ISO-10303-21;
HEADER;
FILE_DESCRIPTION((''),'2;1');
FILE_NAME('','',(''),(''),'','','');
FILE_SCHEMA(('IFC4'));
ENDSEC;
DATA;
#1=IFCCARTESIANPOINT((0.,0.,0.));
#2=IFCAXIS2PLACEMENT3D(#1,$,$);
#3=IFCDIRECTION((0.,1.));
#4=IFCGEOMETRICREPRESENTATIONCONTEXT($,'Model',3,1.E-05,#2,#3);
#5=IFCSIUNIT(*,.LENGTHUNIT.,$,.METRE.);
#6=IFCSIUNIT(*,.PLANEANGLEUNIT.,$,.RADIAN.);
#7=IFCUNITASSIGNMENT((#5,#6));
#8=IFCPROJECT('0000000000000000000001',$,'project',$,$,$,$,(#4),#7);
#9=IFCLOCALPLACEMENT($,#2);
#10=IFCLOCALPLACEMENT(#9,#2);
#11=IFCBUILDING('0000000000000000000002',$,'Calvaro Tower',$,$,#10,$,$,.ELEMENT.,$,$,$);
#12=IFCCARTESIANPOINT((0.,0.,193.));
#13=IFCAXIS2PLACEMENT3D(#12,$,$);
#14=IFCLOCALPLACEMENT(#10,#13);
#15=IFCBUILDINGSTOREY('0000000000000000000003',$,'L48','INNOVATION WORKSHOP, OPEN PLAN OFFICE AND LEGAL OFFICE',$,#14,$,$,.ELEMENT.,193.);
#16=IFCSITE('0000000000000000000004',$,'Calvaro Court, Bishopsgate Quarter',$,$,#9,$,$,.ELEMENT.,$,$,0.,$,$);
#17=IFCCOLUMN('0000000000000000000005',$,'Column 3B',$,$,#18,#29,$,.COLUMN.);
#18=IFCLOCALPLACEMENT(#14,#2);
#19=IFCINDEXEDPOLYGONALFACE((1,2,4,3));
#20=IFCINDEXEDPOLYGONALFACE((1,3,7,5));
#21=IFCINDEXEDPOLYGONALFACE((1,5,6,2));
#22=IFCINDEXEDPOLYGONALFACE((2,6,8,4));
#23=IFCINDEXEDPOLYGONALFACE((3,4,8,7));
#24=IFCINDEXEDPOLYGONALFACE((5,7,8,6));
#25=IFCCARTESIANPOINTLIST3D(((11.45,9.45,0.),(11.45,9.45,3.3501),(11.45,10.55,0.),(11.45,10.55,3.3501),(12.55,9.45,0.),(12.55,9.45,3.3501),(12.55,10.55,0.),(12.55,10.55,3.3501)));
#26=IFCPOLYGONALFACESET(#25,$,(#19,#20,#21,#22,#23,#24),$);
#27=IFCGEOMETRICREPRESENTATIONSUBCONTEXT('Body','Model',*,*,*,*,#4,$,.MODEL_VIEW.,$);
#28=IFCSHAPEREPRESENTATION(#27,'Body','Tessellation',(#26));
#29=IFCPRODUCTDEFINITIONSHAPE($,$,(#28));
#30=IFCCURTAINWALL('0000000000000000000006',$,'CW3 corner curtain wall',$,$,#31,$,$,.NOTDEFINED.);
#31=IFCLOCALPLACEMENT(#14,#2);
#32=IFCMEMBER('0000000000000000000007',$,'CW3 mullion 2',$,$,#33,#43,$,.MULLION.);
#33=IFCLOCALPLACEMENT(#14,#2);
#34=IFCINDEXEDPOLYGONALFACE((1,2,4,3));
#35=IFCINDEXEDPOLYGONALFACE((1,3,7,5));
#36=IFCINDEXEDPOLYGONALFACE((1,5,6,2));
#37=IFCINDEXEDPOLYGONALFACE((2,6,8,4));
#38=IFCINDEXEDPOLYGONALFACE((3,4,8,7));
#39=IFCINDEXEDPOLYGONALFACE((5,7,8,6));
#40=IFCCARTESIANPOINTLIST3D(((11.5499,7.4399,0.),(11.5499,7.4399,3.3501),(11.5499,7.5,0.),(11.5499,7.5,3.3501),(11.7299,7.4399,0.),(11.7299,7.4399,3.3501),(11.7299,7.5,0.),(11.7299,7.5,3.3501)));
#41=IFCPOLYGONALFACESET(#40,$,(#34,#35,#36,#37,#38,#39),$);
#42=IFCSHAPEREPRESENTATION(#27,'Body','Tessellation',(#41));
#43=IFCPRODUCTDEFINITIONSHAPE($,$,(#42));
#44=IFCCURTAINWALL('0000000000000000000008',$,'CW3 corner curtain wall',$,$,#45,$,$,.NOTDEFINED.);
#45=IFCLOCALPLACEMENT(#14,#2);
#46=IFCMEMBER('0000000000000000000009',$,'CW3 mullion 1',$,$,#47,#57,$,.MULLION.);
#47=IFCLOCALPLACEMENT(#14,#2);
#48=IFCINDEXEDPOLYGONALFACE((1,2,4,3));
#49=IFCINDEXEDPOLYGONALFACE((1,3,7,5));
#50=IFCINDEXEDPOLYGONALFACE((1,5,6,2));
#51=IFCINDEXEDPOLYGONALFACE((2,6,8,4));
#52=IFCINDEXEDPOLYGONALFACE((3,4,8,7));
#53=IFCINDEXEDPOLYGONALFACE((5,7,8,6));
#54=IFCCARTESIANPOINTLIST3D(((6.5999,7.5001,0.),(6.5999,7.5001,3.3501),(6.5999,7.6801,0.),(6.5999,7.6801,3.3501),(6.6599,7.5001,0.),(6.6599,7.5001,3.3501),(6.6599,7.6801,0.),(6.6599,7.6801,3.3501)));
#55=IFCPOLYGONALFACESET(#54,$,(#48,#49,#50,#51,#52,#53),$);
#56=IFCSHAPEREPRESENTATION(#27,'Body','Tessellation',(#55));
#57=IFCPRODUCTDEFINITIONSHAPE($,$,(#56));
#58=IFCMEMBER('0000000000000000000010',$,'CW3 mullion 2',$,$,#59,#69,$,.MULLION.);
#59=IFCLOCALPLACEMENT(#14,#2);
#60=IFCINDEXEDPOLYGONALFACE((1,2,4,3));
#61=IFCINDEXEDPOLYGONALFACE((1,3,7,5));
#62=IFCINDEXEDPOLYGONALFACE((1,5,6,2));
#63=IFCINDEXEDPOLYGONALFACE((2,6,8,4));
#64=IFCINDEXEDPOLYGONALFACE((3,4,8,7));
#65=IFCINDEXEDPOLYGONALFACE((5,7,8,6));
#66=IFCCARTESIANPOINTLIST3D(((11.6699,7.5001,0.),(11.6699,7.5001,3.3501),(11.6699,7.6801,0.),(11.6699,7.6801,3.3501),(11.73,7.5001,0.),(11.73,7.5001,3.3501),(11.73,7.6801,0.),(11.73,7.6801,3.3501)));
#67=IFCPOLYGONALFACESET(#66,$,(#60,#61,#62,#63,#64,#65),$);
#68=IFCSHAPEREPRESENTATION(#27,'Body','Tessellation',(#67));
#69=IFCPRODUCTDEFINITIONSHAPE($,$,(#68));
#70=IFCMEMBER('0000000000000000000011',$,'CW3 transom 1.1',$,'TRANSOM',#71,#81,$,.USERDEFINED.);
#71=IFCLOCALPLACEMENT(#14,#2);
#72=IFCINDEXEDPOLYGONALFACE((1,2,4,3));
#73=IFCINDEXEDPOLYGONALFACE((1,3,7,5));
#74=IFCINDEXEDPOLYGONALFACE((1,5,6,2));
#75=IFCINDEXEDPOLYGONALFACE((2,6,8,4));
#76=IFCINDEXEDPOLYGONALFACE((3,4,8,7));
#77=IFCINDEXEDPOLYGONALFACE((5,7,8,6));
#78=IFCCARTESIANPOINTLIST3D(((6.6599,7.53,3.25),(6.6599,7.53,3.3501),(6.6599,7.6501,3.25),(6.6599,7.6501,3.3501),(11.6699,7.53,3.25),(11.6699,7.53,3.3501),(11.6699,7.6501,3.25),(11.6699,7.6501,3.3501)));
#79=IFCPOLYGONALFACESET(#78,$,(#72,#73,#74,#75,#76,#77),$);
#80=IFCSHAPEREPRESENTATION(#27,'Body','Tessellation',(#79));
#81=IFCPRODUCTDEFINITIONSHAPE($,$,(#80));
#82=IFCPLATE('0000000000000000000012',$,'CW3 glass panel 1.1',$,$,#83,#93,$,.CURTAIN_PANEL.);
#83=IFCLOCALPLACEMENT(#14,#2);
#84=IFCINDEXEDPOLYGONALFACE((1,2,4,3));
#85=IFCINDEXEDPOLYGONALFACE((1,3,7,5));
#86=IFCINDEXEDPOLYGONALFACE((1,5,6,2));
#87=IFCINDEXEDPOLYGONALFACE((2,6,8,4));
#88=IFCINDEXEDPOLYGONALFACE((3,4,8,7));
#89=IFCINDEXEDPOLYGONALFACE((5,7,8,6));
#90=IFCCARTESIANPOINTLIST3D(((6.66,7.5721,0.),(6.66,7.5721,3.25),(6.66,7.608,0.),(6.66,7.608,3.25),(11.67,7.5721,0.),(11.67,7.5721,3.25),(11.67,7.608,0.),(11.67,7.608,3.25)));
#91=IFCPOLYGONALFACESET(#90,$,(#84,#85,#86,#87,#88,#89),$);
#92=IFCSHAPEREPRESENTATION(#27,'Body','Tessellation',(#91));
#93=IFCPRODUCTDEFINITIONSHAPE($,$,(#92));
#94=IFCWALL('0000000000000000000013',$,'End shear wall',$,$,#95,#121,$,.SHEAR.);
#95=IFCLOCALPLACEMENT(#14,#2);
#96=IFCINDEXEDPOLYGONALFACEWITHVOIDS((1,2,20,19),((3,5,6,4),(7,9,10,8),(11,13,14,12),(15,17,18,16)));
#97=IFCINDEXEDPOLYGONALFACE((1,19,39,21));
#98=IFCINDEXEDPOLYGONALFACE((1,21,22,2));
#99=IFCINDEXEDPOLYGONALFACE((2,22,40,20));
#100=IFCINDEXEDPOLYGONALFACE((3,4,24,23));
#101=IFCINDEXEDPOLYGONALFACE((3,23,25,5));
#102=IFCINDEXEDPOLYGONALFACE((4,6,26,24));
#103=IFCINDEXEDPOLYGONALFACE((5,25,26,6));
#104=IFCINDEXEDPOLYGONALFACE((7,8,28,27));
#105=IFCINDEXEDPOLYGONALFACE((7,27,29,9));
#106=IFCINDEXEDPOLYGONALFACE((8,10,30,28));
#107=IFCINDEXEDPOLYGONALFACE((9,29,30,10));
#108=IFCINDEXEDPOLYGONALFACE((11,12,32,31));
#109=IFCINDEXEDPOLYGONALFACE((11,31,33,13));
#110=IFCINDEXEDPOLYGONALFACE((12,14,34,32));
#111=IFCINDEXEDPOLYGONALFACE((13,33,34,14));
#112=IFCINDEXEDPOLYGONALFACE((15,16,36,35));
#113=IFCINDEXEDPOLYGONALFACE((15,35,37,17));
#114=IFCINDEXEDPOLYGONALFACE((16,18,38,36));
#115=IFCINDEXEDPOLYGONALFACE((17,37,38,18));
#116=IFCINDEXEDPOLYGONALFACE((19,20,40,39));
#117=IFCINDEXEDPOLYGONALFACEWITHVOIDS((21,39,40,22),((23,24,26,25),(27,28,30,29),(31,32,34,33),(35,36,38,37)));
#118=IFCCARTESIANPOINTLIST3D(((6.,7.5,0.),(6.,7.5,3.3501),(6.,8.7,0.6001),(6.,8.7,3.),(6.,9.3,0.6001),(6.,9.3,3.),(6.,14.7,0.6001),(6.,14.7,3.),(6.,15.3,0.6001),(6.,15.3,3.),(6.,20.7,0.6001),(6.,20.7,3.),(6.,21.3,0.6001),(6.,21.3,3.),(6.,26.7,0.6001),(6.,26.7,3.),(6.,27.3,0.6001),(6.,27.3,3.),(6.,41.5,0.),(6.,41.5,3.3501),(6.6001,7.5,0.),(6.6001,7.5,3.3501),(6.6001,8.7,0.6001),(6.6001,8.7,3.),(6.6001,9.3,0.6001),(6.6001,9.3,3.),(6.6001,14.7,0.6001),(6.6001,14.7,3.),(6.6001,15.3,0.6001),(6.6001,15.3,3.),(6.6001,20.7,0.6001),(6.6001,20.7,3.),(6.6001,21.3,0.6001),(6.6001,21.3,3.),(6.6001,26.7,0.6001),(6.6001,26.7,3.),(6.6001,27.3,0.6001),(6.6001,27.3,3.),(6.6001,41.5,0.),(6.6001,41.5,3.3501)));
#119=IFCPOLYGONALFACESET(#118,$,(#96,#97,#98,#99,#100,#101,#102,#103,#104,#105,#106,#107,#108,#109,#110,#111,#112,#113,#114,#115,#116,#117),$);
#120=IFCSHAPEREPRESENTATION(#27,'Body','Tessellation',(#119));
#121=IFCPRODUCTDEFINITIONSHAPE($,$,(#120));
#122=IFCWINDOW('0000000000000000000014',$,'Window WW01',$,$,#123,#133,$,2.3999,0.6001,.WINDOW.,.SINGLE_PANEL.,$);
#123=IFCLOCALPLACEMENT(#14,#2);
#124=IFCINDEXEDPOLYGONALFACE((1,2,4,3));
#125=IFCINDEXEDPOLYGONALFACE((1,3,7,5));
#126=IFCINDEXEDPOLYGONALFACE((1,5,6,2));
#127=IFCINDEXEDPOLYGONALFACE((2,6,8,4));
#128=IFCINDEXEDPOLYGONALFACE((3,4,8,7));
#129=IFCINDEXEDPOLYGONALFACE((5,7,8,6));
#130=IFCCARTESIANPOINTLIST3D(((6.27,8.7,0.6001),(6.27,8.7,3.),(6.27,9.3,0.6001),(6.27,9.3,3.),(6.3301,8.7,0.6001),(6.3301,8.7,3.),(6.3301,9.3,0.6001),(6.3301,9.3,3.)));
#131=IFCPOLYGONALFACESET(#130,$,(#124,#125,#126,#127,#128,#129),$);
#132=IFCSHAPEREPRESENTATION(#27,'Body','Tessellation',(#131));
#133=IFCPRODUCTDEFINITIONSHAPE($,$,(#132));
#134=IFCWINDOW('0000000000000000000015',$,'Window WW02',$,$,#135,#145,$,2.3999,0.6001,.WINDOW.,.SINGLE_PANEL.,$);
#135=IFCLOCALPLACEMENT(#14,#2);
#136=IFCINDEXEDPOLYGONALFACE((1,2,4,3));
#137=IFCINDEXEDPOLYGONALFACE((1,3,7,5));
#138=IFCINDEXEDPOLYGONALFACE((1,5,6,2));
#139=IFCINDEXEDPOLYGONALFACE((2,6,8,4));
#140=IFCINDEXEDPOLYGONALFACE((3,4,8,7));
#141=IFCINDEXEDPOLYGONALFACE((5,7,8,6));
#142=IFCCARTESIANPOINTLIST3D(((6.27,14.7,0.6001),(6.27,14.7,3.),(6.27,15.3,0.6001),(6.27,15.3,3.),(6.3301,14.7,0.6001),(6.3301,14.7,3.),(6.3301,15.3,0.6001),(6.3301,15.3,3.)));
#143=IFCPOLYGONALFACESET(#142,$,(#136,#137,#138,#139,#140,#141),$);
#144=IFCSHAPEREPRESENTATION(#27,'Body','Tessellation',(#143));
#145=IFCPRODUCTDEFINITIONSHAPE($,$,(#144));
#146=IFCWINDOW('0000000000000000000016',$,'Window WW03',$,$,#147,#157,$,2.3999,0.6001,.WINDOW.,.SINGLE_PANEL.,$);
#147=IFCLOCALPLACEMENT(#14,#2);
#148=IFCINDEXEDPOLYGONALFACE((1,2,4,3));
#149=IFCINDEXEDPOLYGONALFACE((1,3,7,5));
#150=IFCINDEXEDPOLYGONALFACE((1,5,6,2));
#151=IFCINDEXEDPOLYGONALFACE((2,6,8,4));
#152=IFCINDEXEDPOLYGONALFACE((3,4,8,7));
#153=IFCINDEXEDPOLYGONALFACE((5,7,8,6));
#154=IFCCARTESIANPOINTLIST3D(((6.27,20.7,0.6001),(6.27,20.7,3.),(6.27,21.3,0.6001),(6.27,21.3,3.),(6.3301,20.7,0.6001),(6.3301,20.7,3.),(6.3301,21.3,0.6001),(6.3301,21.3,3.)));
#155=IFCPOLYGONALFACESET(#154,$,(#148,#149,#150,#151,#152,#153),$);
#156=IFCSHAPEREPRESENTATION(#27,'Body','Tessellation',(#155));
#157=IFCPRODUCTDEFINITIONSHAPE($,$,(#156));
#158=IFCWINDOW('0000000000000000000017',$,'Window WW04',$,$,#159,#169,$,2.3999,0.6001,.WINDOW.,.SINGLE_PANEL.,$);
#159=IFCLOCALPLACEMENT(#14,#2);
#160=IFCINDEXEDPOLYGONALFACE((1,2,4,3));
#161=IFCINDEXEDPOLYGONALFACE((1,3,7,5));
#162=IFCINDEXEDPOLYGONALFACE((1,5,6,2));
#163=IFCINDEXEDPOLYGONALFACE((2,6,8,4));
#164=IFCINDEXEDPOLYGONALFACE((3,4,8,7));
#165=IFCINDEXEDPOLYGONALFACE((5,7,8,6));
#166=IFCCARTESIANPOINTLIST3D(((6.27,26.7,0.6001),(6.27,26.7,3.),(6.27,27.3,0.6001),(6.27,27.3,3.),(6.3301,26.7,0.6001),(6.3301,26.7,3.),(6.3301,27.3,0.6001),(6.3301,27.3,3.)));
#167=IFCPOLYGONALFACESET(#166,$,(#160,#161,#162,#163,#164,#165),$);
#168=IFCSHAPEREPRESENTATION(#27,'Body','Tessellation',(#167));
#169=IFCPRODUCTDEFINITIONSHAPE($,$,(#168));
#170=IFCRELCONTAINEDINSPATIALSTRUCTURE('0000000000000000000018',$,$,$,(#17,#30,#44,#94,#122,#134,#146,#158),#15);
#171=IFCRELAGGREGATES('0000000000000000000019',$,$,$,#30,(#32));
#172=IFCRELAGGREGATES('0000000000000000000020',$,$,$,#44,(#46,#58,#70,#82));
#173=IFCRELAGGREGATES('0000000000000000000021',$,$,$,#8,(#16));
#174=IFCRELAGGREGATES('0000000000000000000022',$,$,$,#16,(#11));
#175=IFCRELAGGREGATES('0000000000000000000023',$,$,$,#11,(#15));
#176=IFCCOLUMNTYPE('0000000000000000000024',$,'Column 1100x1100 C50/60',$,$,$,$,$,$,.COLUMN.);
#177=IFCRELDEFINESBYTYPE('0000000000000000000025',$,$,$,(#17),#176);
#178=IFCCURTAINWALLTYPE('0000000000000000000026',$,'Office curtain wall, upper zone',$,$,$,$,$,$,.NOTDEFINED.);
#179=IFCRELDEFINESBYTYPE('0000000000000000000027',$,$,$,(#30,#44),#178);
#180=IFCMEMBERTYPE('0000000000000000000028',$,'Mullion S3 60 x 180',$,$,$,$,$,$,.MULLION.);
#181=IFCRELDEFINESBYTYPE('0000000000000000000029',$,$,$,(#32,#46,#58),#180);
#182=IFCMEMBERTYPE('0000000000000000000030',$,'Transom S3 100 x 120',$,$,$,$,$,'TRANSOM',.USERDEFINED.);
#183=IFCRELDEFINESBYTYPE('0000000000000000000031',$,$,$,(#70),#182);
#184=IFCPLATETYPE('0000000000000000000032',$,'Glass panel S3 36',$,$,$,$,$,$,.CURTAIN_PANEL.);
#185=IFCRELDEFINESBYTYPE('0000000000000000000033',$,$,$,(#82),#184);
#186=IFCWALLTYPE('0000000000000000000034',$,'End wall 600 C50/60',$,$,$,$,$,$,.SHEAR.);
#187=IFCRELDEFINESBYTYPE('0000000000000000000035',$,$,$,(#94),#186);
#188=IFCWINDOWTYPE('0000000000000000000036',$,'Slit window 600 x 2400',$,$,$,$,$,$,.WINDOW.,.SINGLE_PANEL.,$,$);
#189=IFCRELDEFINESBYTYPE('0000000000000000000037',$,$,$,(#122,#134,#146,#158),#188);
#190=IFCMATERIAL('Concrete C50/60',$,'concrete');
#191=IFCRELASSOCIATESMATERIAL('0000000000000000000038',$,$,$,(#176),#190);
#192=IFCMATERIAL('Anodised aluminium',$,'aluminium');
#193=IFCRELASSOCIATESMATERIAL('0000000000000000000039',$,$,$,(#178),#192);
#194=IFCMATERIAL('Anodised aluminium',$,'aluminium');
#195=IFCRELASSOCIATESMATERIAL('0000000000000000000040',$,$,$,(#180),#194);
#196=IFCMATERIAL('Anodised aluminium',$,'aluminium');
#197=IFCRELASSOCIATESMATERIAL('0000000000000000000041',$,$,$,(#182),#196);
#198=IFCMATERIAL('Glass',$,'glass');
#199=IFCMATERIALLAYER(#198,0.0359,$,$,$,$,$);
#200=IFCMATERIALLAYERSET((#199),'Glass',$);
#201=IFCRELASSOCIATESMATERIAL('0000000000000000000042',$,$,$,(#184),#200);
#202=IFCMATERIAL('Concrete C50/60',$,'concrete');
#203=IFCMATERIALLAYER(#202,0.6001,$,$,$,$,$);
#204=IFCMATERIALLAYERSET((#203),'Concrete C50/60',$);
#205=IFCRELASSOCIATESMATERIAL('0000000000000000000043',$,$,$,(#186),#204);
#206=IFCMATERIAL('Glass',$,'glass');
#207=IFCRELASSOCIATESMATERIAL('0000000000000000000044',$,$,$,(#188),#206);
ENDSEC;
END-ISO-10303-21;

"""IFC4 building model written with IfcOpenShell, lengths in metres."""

from ifc_helpers import new_model, si_unit, direction, frame, frame_2d, origin, origin_2d, place, context, subcontext, project, spatial, rectangle, extrude, material, layer, layer_set, material_profile, profile_set, type_object, element, fill, aggregate, save


model = new_model("IFC4")

# Units and contexts
model_context = context("Model", 3, precision=1e-05, world=origin(), true_north=direction((0.0, 1.0)))
body_context = subcontext(model_context, "Body", "Model", "MODEL_VIEW")
ifc_project = project(units=[si_unit("LENGTHUNIT", "METRE"), si_unit("PLANEANGLEUNIT", "RADIAN")], contexts=[model_context])

# Site, building, storey
site_placement = place(None, origin())
site = spatial("IfcSite", under=ifc_project, at=site_placement, Name="Calvaro Court, Bishopsgate Quarter", CompositionType="ELEMENT", RefElevation=0.0)
building_placement = place(site_placement, origin())
building = spatial("IfcBuilding", under=site, at=building_placement, Name="Calvaro Tower", CompositionType="ELEMENT")
storey_placement = place(building_placement, frame((0.0, 0.0, 193.0)))
storey = spatial("IfcBuildingStorey", under=building, at=storey_placement, Name="L48", Description="INNOVATION WORKSHOP, OPEN PLAN OFFICE AND LEGAL OFFICE", CompositionType="ELEMENT", Elevation=193.0)

# Column
ifc_material_1 = material(Name="Concrete C50/60", Category="concrete")
ifc_material_profile_1 = material_profile(ifc_material_1, rectangle(XDim=1.1001, YDim=1.1001, at=origin_2d()), Name="RC 1100x1100")
ifc_profile_set_1 = profile_set([ifc_material_profile_1], Name="Concrete C50/60")
column_type = type_object("IfcColumnType", Name="Column 1100x1100 C50/60", PredefinedType="COLUMN", material=ifc_profile_set_1)
column_placement = place(storey_placement, frame((12.0, 10.0, 0.0), z_axis=(0.0, 0.0, 1.0), x_axis=(1.0, 0.0, 0.0)))
element("IfcColumn", 1, at=column_placement, inside=storey, type_object=column_type, Name="Column 3B", PredefinedType="COLUMN", context=body_context, shape_type="SweptSolid", body=[
    extrude(rectangle(XDim=1.1001, YDim=1.1001, at=origin_2d()), origin(), (0.0, 0.0, 1.0), 3.3501),
])

# Curtain wall, member
ifc_material_2 = material(Name="Anodised aluminium", Category="aluminium")
curtain_wall_type = type_object("IfcCurtainWallType", Name="Office curtain wall, upper zone", PredefinedType="NOTDEFINED", material=ifc_material_2)
curtain_wall_1_placement = place(storey_placement, origin())
curtain_wall_1 = element("IfcCurtainWall", 2, at=curtain_wall_1_placement, inside=storey, type_object=curtain_wall_type, Name="CW3 corner curtain wall", PredefinedType="NOTDEFINED")
ifc_material_3 = material(Name="Anodised aluminium", Category="aluminium")
ifc_material_profile_2 = material_profile(ifc_material_3, rectangle(XDim=0.1799, YDim=0.0601, at=origin_2d()), Name="Mullion S3 60 x 180")
ifc_profile_set_2 = profile_set([ifc_material_profile_2], Name="Anodised aluminium")
member_type_1 = type_object("IfcMemberType", Name="Mullion S3 60 x 180", PredefinedType="MULLION", material=ifc_profile_set_2)
member_1_placement = place(storey_placement, frame((11.6399, 7.47, 0.0), z_axis=(0.0, 0.0, 1.0), x_axis=(-1.0, 0.0, 0.0)))
member_1 = element("IfcMember", 3, at=member_1_placement, type_object=member_type_1, Name="CW3 mullion 2", PredefinedType="MULLION", context=body_context, shape_type="SweptSolid", body=[
    extrude(rectangle(XDim=0.1799, YDim=0.0601, at=origin_2d()), origin(), (0.0, 0.0, 1.0), 3.3501),
])
aggregate(curtain_wall_1, [member_1])

# Curtain wall, members, plate
curtain_wall_2_placement = place(storey_placement, origin())
curtain_wall_2 = element("IfcCurtainWall", 4, at=curtain_wall_2_placement, inside=storey, type_object=curtain_wall_type, Name="CW3 corner curtain wall", PredefinedType="NOTDEFINED")
member_2_placement = place(storey_placement, frame((6.6299, 7.5901, 0.0), z_axis=(0.0, 0.0, 1.0), x_axis=(0.0, 1.0, 0.0)))
member_2 = element("IfcMember", 5, at=member_2_placement, type_object=member_type_1, Name="CW3 mullion 1", PredefinedType="MULLION", context=body_context, shape_type="SweptSolid", body=[
    extrude(rectangle(XDim=0.1799, YDim=0.0601, at=origin_2d()), origin(), (0.0, 0.0, 1.0), 3.3501),
])
member_3_placement = place(storey_placement, frame((11.7, 7.5901, 0.0), z_axis=(0.0, 0.0, 1.0), x_axis=(0.0, 1.0, 0.0)))
member_3 = element("IfcMember", 6, at=member_3_placement, type_object=member_type_1, Name="CW3 mullion 2", PredefinedType="MULLION", context=body_context, shape_type="SweptSolid", body=[
    extrude(rectangle(XDim=0.1799, YDim=0.0601, at=origin_2d()), origin(), (0.0, 0.0, 1.0), 3.3501),
])
ifc_material_4 = material(Name="Anodised aluminium", Category="aluminium")
ifc_material_profile_3 = material_profile(ifc_material_4, rectangle(XDim=0.1201, YDim=0.1001, at=origin_2d()), Name="Transom S3 100 x 120")
ifc_profile_set_3 = profile_set([ifc_material_profile_3], Name="Anodised aluminium")
member_type_2 = type_object("IfcMemberType", Name="Transom S3 100 x 120", ElementType="TRANSOM", PredefinedType="USERDEFINED", material=ifc_profile_set_3)
member_4_placement = place(storey_placement, frame((6.6599, 7.5901, 3.3), z_axis=(1.0, 0.0, 0.0), x_axis=(0.0, 1.0, 0.0)))
member_4 = element("IfcMember", 7, at=member_4_placement, type_object=member_type_2, Name="CW3 transom 1.1", ObjectType="TRANSOM", PredefinedType="USERDEFINED", context=body_context, shape_type="SweptSolid", body=[
    extrude(rectangle(XDim=0.1201, YDim=0.1001, at=origin_2d()), origin(), (0.0, 0.0, 1.0), 5.01),
])
ifc_material_5 = material(Name="Glass", Category="glass")
ifc_layer_1 = layer(ifc_material_5, 0.0359)
ifc_layer_set_1 = layer_set([ifc_layer_1], Name="Glass")
plate_type = type_object("IfcPlateType", Name="Glass panel S3 36", PredefinedType="CURTAIN_PANEL", material=ifc_layer_set_1)
plate_placement = place(storey_placement, frame((9.165, 7.5901, 0.0), z_axis=(0.0, 0.0, 1.0), x_axis=(1.0, 0.0, 0.0)))
plate = element("IfcPlate", 8, at=plate_placement, type_object=plate_type, Name="CW3 glass panel 1.1", PredefinedType="CURTAIN_PANEL", context=body_context, shape_type="SweptSolid", body=[
    extrude(rectangle(XDim=5.01, YDim=0.0359, at=origin_2d()), origin(), (0.0, 0.0, 1.0), 3.25),
])
aggregate(curtain_wall_2, [member_2, member_3, member_4, plate])

# Wall, openings, windows
ifc_material_6 = material(Name="Concrete C50/60", Category="concrete")
ifc_layer_2 = layer(ifc_material_6, 0.6001)
ifc_layer_set_2 = layer_set([ifc_layer_2], Name="Concrete C50/60")
wall_type_1 = type_object("IfcWallType", Name="End wall 600 C50/60", PredefinedType="SHEAR", material=ifc_layer_set_2)
wall_1_placement = place(storey_placement, frame((6.3, 7.5, 0.0), z_axis=(0.0, 0.0, 1.0), x_axis=(0.0, 1.0, 0.0)))
wall_1 = element("IfcWall", 9, at=wall_1_placement, inside=storey, type_object=wall_type_1, Name="End shear wall", PredefinedType="SHEAR", context=body_context, shape_type="SweptSolid", body=[
    extrude(rectangle(XDim=34.0, YDim=0.6001, at=frame_2d((17.0, 0.0))), origin(), (0.0, 0.0, 1.0), 3.3501),
])
opening_1_placement = place(wall_1_placement, frame((1.2, 0.0, 0.6001)))
opening_1 = element("IfcOpeningElement", 10, at=opening_1_placement, cuts=wall_1, PredefinedType="OPENING", context=body_context, shape_type="SweptSolid", body=[
    extrude(rectangle(XDim=0.6001, YDim=2.3999, at=frame_2d((0.3, 1.2))), frame((0.0, 0.3101, 0.0), z_axis=(0.0, -1.0, 0.0), x_axis=(1.0, 0.0, 0.0)), (0.0, 0.0, 1.0), 0.6201),
])
opening_2_placement = place(wall_1_placement, frame((7.2, 0.0, 0.6001)))
opening_2 = element("IfcOpeningElement", 11, at=opening_2_placement, cuts=wall_1, PredefinedType="OPENING", context=body_context, shape_type="SweptSolid", body=[
    extrude(rectangle(XDim=0.6001, YDim=2.3999, at=frame_2d((0.3, 1.2))), frame((0.0, 0.3101, 0.0), z_axis=(0.0, -1.0, 0.0), x_axis=(1.0, 0.0, 0.0)), (0.0, 0.0, 1.0), 0.6201),
])
opening_3_placement = place(wall_1_placement, frame((13.2, 0.0, 0.6001)))
opening_3 = element("IfcOpeningElement", 12, at=opening_3_placement, cuts=wall_1, PredefinedType="OPENING", context=body_context, shape_type="SweptSolid", body=[
    extrude(rectangle(XDim=0.6001, YDim=2.3999, at=frame_2d((0.3, 1.2))), frame((0.0, 0.3101, 0.0), z_axis=(0.0, -1.0, 0.0), x_axis=(1.0, 0.0, 0.0)), (0.0, 0.0, 1.0), 0.6201),
])
opening_4_placement = place(wall_1_placement, frame((19.2, 0.0, 0.6001)))
opening_4 = element("IfcOpeningElement", 13, at=opening_4_placement, cuts=wall_1, PredefinedType="OPENING", context=body_context, shape_type="SweptSolid", body=[
    extrude(rectangle(XDim=0.6001, YDim=2.3999, at=frame_2d((0.3, 1.2))), frame((0.0, 0.3101, 0.0), z_axis=(0.0, -1.0, 0.0), x_axis=(1.0, 0.0, 0.0)), (0.0, 0.0, 1.0), 0.6201),
])
ifc_material_7 = material(Name="Glass", Category="glass")
window_type = type_object("IfcWindowType", Name="Slit window 600 x 2400", PartitioningType="SINGLE_PANEL", PredefinedType="WINDOW", material=ifc_material_7)
window_1_placement = place(opening_1_placement, origin())
window_1 = element("IfcWindow", 14, at=window_1_placement, inside=storey, type_object=window_type, Name="Window WW01", OverallHeight=2.3999, OverallWidth=0.6001, PartitioningType="SINGLE_PANEL", PredefinedType="WINDOW", context=body_context, shape_type="SweptSolid", body=[
    extrude(rectangle(XDim=0.6001, YDim=2.3999, at=frame_2d((0.3, 1.2))), frame((0.0, 0.03, 0.0), z_axis=(0.0, -1.0, 0.0), x_axis=(1.0, 0.0, 0.0)), (0.0, 0.0, 1.0), 0.0601),
])
fill(opening_1, window_1)
window_2_placement = place(opening_2_placement, origin())
window_2 = element("IfcWindow", 15, at=window_2_placement, inside=storey, type_object=window_type, Name="Window WW02", OverallHeight=2.3999, OverallWidth=0.6001, PartitioningType="SINGLE_PANEL", PredefinedType="WINDOW", context=body_context, shape_type="SweptSolid", body=[
    extrude(rectangle(XDim=0.6001, YDim=2.3999, at=frame_2d((0.3, 1.2))), frame((0.0, 0.03, 0.0), z_axis=(0.0, -1.0, 0.0), x_axis=(1.0, 0.0, 0.0)), (0.0, 0.0, 1.0), 0.0601),
])
fill(opening_2, window_2)
window_3_placement = place(opening_3_placement, origin())
window_3 = element("IfcWindow", 16, at=window_3_placement, inside=storey, type_object=window_type, Name="Window WW03", OverallHeight=2.3999, OverallWidth=0.6001, PartitioningType="SINGLE_PANEL", PredefinedType="WINDOW", context=body_context, shape_type="SweptSolid", body=[
    extrude(rectangle(XDim=0.6001, YDim=2.3999, at=frame_2d((0.3, 1.2))), frame((0.0, 0.03, 0.0), z_axis=(0.0, -1.0, 0.0), x_axis=(1.0, 0.0, 0.0)), (0.0, 0.0, 1.0), 0.0601),
])
fill(opening_3, window_3)
window_4_placement = place(opening_4_placement, origin())
window_4 = element("IfcWindow", 17, at=window_4_placement, inside=storey, type_object=window_type, Name="Window WW04", OverallHeight=2.3999, OverallWidth=0.6001, PartitioningType="SINGLE_PANEL", PredefinedType="WINDOW", context=body_context, shape_type="SweptSolid", body=[
    extrude(rectangle(XDim=0.6001, YDim=2.3999, at=frame_2d((0.3, 1.2))), frame((0.0, 0.03, 0.0), z_axis=(0.0, -1.0, 0.0), x_axis=(1.0, 0.0, 0.0)), (0.0, 0.0, 1.0), 0.0601),
])
fill(opening_4, window_4)

save(model, "model.ifc")
